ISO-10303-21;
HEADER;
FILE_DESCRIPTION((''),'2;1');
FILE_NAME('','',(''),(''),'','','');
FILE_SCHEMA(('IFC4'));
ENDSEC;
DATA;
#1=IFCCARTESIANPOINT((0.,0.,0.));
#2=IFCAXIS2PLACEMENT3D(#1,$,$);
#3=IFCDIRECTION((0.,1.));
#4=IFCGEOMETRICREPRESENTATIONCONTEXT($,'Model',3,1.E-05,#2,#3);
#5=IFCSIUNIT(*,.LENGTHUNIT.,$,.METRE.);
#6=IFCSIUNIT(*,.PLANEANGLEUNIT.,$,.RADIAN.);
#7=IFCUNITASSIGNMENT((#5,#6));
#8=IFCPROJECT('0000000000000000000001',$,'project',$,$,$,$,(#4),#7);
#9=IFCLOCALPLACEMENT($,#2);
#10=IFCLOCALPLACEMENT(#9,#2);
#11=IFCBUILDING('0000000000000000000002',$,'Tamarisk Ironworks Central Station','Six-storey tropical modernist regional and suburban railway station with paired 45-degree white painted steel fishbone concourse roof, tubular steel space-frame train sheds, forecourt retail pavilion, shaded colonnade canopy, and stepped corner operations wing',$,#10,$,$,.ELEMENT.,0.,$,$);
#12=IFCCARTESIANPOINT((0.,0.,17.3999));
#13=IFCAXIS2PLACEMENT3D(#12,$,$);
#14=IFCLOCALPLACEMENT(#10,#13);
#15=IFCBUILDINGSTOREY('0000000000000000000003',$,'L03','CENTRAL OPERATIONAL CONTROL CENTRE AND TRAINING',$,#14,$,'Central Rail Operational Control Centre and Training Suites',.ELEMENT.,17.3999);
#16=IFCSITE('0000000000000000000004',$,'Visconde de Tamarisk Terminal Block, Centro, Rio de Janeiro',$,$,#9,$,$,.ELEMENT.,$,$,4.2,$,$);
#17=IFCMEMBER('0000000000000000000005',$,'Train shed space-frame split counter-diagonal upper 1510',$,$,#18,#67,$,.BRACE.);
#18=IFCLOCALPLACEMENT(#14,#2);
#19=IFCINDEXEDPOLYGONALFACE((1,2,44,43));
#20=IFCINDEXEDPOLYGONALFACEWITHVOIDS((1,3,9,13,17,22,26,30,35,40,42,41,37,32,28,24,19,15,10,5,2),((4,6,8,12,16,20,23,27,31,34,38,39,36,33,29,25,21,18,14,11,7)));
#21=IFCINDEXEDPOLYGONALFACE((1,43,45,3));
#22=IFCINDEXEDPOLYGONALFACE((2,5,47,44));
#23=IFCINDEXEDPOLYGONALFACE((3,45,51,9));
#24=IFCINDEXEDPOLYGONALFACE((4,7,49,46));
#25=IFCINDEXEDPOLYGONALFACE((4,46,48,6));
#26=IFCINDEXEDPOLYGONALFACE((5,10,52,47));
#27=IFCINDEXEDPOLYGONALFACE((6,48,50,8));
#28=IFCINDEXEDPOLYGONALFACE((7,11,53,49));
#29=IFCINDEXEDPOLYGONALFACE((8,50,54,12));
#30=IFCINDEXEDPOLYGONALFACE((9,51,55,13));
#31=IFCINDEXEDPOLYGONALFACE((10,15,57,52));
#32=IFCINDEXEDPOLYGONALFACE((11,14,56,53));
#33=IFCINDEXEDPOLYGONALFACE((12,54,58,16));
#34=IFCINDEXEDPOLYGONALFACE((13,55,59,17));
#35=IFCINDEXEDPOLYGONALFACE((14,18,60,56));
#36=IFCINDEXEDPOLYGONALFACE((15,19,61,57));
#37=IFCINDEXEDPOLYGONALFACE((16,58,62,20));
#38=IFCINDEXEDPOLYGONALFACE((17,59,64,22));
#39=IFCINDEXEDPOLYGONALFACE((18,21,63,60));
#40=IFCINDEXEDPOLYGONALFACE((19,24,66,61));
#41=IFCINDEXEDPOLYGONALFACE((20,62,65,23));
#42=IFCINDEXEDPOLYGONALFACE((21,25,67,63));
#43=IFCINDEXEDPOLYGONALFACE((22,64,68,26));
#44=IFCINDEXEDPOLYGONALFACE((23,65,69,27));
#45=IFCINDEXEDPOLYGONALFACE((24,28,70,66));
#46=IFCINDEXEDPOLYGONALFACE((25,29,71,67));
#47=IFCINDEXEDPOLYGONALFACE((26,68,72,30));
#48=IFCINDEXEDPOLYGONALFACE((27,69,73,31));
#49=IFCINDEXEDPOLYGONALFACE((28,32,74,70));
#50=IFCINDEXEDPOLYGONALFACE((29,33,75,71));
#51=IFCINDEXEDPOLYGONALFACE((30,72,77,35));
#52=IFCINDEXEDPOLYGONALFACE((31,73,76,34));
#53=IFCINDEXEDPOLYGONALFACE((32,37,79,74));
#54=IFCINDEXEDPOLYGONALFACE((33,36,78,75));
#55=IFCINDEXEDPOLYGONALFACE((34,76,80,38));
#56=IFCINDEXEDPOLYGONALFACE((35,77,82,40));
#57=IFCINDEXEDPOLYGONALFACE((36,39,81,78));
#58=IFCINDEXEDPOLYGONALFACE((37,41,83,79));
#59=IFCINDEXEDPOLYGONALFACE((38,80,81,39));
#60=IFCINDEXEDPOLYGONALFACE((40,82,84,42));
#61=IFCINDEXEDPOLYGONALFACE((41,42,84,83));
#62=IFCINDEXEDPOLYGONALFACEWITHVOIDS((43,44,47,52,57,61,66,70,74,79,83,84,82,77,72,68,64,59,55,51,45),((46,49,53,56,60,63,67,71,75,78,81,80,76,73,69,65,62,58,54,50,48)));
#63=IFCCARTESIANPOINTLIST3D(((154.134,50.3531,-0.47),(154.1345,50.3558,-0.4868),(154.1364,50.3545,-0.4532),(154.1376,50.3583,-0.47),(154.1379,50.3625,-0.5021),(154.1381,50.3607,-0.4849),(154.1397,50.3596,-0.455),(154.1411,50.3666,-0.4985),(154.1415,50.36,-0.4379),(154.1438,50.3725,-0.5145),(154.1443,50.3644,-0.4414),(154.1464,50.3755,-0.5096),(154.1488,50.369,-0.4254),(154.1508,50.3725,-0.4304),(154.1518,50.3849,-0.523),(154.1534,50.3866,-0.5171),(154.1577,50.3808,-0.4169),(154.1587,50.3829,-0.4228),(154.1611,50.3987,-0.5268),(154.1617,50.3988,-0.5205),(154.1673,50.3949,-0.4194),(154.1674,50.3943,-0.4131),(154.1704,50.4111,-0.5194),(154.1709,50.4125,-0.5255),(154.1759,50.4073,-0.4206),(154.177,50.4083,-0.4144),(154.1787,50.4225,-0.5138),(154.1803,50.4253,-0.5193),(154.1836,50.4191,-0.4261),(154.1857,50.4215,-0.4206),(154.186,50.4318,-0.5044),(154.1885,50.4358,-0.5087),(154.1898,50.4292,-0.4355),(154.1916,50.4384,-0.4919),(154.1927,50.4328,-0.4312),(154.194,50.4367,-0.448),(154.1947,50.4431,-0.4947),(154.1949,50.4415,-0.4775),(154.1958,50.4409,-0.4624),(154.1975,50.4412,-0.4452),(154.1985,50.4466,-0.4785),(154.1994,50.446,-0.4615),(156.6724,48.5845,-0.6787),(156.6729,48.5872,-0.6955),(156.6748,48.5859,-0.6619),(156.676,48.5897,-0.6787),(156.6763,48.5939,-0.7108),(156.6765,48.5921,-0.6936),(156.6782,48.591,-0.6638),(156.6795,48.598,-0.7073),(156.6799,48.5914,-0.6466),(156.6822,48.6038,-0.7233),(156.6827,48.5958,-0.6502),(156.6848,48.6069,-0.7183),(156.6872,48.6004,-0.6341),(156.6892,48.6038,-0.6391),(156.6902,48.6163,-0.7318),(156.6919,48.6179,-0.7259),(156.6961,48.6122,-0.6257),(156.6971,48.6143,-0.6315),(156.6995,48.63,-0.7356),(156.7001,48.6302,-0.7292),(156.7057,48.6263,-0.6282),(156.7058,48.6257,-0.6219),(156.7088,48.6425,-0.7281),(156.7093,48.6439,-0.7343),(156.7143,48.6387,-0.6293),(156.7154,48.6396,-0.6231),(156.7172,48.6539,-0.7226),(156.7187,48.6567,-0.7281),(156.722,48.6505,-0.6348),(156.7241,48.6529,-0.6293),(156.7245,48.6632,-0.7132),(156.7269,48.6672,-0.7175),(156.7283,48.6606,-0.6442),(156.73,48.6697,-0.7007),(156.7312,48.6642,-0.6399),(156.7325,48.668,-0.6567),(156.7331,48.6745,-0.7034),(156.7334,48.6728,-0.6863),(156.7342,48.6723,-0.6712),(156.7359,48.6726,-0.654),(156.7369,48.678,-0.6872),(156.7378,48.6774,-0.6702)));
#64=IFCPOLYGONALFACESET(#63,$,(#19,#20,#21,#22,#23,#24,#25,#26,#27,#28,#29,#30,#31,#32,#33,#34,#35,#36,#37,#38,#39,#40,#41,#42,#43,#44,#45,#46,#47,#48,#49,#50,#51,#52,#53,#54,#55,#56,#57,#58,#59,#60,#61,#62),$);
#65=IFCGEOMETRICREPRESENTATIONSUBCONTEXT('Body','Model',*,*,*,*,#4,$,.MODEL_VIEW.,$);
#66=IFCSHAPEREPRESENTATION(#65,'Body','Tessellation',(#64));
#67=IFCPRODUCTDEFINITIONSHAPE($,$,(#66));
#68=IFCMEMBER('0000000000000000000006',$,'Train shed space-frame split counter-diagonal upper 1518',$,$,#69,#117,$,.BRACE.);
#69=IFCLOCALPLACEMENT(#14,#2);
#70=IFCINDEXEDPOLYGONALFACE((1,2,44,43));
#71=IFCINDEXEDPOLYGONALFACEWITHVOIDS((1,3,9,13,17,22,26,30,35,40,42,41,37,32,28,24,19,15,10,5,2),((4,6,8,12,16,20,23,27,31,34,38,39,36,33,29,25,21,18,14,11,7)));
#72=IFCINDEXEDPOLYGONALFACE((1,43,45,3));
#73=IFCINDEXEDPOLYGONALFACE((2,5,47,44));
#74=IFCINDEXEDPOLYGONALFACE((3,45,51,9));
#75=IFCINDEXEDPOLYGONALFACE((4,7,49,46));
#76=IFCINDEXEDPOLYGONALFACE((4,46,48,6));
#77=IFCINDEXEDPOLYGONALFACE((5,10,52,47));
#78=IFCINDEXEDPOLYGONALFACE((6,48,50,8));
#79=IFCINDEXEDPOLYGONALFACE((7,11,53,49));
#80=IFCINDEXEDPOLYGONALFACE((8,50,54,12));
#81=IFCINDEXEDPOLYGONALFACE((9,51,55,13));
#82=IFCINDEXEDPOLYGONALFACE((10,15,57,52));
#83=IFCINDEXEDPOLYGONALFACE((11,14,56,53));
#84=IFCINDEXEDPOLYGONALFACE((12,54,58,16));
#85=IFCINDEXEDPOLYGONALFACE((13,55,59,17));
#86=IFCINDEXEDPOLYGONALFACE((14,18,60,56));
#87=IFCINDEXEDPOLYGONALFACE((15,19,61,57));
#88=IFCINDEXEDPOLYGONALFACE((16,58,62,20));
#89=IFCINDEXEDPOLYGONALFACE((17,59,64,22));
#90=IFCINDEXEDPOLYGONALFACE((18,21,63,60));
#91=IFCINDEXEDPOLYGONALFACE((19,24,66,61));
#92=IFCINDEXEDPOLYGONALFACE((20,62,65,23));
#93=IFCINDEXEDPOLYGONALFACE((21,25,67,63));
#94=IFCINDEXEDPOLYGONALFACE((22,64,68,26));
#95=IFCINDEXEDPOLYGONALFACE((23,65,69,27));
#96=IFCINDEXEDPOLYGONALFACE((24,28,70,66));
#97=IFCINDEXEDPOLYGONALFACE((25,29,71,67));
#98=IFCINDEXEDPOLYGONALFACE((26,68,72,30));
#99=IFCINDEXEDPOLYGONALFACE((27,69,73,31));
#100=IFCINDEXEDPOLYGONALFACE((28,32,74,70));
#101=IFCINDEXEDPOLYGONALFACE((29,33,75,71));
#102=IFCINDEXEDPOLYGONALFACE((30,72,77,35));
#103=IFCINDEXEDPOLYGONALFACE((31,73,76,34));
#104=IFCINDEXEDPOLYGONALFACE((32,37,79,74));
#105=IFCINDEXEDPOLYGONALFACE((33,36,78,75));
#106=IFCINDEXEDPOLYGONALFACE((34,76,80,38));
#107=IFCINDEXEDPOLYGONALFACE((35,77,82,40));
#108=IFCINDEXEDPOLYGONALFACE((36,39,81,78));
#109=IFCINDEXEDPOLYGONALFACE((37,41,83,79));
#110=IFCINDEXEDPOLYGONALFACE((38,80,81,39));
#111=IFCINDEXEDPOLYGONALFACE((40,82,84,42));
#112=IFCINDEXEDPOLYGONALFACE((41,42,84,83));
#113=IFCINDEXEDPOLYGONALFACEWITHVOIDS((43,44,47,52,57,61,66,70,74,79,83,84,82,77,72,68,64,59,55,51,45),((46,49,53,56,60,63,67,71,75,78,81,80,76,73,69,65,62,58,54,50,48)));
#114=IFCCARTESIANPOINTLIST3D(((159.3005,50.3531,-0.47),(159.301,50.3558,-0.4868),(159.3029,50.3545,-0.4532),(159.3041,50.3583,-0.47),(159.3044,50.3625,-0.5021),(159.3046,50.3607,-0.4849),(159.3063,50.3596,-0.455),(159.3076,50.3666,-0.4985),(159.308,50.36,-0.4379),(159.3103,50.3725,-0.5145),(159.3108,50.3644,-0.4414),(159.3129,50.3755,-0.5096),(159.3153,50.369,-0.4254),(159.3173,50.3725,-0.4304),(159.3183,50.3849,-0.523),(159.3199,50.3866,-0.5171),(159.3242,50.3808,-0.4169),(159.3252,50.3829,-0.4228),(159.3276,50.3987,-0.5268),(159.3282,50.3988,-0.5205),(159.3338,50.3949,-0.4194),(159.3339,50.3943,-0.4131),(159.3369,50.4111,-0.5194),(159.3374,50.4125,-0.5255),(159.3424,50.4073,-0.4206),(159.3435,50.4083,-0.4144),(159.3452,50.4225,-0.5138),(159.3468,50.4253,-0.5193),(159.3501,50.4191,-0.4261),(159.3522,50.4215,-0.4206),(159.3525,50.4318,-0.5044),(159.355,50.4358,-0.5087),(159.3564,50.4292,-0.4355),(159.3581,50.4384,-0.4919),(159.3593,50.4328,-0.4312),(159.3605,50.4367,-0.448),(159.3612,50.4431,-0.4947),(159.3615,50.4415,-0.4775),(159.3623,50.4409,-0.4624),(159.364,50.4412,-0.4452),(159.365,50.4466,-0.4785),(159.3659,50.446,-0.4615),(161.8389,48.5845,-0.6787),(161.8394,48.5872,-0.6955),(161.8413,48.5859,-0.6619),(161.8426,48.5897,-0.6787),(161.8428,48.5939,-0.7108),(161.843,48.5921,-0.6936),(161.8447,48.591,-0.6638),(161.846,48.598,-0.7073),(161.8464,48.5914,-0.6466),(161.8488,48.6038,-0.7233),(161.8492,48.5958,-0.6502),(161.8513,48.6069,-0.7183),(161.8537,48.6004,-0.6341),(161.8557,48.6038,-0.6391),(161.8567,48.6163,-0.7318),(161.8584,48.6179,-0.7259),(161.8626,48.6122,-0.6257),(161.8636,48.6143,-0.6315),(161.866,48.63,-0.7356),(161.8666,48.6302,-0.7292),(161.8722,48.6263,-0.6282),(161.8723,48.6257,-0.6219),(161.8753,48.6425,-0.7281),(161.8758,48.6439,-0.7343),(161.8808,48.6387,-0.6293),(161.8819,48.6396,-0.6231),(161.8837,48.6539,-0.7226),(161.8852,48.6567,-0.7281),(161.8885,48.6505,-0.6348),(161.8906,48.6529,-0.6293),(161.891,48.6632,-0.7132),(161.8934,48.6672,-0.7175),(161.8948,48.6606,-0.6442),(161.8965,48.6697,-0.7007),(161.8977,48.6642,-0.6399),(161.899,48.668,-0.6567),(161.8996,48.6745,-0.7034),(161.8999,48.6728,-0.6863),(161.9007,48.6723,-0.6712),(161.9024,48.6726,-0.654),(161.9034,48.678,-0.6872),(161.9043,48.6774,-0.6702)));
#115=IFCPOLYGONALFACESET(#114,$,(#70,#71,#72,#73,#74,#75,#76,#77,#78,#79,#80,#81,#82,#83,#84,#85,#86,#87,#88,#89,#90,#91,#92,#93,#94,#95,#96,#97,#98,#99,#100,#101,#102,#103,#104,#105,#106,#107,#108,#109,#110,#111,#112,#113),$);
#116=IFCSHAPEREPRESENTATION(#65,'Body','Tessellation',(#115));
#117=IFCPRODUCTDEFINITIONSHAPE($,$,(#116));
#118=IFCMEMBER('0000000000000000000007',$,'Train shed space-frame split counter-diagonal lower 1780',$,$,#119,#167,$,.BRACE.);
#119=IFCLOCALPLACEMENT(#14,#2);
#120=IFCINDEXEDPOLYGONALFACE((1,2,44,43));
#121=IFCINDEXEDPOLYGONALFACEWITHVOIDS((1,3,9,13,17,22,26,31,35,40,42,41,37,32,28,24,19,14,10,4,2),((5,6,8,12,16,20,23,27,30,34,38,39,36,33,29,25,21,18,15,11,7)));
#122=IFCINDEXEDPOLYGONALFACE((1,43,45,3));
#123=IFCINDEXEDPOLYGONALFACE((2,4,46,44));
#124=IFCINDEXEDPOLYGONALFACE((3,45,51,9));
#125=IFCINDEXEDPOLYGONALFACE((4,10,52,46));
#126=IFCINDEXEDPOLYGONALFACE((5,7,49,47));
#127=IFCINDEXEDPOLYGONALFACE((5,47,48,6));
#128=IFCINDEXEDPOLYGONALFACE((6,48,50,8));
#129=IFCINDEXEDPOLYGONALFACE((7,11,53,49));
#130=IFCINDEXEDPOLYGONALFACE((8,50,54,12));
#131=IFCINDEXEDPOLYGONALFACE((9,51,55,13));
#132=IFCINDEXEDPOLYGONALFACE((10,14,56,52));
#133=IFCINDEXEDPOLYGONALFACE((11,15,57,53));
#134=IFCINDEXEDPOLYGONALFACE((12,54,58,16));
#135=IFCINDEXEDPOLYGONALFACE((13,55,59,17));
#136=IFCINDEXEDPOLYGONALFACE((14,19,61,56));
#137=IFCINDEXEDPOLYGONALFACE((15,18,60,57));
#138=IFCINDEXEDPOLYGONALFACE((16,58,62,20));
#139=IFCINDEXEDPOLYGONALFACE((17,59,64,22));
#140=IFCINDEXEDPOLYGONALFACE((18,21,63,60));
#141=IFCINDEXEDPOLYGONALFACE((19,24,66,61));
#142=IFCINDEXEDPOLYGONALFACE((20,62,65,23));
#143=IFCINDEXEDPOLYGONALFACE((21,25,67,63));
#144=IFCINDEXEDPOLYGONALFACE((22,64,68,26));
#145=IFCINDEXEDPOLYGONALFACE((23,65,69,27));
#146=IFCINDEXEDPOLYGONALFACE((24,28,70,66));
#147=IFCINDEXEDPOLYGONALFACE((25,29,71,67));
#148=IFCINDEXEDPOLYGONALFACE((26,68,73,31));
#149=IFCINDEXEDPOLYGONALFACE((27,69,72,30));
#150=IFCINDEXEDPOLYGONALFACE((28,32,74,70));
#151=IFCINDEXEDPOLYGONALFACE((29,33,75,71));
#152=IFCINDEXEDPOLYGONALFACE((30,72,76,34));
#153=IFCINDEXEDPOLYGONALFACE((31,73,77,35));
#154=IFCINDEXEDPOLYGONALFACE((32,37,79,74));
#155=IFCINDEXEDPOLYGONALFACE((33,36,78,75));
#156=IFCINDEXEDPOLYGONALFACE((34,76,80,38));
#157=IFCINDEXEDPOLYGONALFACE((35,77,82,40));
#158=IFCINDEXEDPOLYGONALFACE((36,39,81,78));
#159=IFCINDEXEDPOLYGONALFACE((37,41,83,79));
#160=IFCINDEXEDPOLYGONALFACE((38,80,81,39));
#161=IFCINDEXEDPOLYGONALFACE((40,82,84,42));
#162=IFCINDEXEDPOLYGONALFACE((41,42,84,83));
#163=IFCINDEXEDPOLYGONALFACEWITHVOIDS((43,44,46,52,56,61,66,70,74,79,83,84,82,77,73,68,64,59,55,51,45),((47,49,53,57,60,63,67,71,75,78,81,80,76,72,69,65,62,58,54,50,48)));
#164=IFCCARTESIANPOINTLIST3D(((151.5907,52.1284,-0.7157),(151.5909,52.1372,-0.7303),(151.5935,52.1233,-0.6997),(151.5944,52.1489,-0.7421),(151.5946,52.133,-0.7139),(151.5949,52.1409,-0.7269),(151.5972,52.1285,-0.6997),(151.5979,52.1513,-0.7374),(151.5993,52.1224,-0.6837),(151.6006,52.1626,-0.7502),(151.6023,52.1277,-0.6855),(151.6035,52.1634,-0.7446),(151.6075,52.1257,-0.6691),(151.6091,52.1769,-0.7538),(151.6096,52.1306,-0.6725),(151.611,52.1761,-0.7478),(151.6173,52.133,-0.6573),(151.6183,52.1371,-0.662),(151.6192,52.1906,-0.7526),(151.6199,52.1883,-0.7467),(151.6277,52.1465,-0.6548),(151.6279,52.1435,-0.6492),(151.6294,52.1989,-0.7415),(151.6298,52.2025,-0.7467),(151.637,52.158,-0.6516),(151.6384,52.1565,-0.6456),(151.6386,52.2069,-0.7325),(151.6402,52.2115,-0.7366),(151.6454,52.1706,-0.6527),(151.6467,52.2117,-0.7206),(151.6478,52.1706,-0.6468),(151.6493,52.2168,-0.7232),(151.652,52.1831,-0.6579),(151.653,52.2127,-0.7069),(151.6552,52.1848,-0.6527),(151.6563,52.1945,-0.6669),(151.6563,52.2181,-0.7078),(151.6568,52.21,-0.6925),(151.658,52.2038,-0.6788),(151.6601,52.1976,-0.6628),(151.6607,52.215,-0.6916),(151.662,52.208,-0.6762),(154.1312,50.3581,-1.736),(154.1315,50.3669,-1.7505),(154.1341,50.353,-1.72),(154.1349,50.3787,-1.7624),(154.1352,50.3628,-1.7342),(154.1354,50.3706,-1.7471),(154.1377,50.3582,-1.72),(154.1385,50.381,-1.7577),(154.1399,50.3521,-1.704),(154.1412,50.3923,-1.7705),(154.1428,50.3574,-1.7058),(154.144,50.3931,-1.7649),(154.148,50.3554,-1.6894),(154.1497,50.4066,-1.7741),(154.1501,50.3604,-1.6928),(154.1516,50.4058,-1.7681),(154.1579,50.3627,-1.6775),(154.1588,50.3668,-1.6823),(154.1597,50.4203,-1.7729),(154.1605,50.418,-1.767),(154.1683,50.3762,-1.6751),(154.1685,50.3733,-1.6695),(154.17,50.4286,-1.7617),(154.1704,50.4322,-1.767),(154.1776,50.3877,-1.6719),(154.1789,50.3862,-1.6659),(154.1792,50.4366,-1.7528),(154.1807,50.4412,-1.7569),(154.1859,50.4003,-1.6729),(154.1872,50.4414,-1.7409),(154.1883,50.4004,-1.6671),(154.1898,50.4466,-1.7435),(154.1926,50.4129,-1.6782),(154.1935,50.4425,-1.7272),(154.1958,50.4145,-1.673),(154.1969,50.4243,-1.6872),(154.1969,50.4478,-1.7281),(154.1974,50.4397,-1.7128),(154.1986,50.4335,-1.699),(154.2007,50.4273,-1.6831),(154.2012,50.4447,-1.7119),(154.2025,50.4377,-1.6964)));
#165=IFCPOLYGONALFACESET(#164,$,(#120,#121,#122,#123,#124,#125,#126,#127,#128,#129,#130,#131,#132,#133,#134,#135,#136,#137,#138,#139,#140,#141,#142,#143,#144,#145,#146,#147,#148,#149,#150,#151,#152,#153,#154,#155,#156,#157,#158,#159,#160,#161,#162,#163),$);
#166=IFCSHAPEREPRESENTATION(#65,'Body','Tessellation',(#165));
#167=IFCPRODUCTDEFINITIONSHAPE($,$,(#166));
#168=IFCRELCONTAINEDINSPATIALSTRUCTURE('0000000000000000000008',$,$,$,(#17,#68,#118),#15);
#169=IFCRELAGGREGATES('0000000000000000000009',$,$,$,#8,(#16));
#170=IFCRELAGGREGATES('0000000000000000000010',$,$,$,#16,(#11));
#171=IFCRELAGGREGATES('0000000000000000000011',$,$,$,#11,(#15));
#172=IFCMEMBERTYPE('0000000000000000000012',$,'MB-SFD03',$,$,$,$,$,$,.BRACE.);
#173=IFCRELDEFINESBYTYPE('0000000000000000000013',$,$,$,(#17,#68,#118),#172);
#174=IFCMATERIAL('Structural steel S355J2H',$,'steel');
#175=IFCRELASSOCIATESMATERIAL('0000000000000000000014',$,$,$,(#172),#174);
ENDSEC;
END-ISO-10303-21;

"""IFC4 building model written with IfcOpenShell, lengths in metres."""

from ifc_helpers import new_model, si_unit, direction, frame, origin, origin_2d, place, context, subcontext, project, spatial, hollow_circle, extrude, material, material_profile, profile_set, type_object, element, save


model = new_model("IFC4")

# Units and contexts
model_context = context("Model", 3, precision=1e-05, world=origin(), true_north=direction((0.0, 1.0)))
body_context = subcontext(model_context, "Body", "Model", "MODEL_VIEW")
ifc_project = project(units=[si_unit("LENGTHUNIT", "METRE"), si_unit("PLANEANGLEUNIT", "RADIAN")], contexts=[model_context])

# Site, building, storey
site_placement = place(None, origin())
site = spatial("IfcSite", under=ifc_project, at=site_placement, Name="Visconde de Tamarisk Terminal Block, Centro, Rio de Janeiro", CompositionType="ELEMENT", RefElevation=4.2)
building_placement = place(site_placement, origin())
building = spatial("IfcBuilding", under=site, at=building_placement, Name="Tamarisk Ironworks Central Station", Description="Six-storey tropical modernist regional and suburban railway station with paired 45-degree white painted steel fishbone concourse roof, tubular steel space-frame train sheds, forecourt retail pavilion, shaded colonnade canopy, and stepped corner operations wing", CompositionType="ELEMENT", ElevationOfRefHeight=0.0)
storey_placement = place(building_placement, frame((0.0, 0.0, 17.3999)))
storey = spatial("IfcBuildingStorey", under=building, at=storey_placement, Name="L03", Description="CENTRAL OPERATIONAL CONTROL CENTRE AND TRAINING", LongName="Central Rail Operational Control Centre and Training Suites", CompositionType="ELEMENT", Elevation=17.3999)

# Members
ifc_material = material(Name="Structural steel S355J2H", Category="steel")
ifc_material_profile_1 = material_profile(ifc_material, hollow_circle(Radius=0.0571, WallThickness=0.0063, at=origin_2d()), Name="CHS 114.3x6.3")
ifc_profile_set_1 = profile_set([ifc_material_profile_1], Name="Structural steel S355J2H")
member_type_1 = type_object("IfcMemberType", Name="MB-SFD03", PredefinedType="BRACE", material=ifc_profile_set_1)
for number, where, z_axis, x_axis, name in (
    (1, (156.7051, 48.6313, -0.6787), (-0.818625, 0.570369, 0.06732), (-0.571666, -0.820487, 0.0), "Train shed space-frame split counter-diagonal upper 1510"),
    (2, (161.8716, 48.6313, -0.6787), (-0.818625, 0.570369, 0.06732), (-0.571666, -0.820487, 0.0), "Train shed space-frame split counter-diagonal upper 1518"),
):
    element("IfcMember", number, at=place(storey_placement, frame(where, z_axis=z_axis, x_axis=x_axis)), inside=storey, type_object=member_type_1, Name=name, PredefinedType="BRACE", context=body_context, shape_type="SweptSolid", body=[
        extrude(hollow_circle(Radius=0.0571, WallThickness=0.0063, at=origin_2d()), origin(), (0.0, 0.0, 1.0), 3.1008),
    ])
for number, where, z_axis, x_axis, name in (
    (3, (154.1667, 50.3999, -1.72), (-0.77925, 0.542989, 0.312943), (-0.571704, -0.82046, 0.0), "Train shed space-frame split counter-diagonal lower 1780"),
):
    element("IfcMember", number, at=place(storey_placement, frame(where, z_axis=z_axis, x_axis=x_axis)), inside=storey, type_object=member_type_1, Name=name, PredefinedType="BRACE", context=body_context, shape_type="SweptSolid", body=[
        extrude(hollow_circle(Radius=0.0571, WallThickness=0.0063, at=origin_2d()), origin(), (0.0, 0.0, 1.0), 3.2603),
    ])

save(model, "model.ifc")
